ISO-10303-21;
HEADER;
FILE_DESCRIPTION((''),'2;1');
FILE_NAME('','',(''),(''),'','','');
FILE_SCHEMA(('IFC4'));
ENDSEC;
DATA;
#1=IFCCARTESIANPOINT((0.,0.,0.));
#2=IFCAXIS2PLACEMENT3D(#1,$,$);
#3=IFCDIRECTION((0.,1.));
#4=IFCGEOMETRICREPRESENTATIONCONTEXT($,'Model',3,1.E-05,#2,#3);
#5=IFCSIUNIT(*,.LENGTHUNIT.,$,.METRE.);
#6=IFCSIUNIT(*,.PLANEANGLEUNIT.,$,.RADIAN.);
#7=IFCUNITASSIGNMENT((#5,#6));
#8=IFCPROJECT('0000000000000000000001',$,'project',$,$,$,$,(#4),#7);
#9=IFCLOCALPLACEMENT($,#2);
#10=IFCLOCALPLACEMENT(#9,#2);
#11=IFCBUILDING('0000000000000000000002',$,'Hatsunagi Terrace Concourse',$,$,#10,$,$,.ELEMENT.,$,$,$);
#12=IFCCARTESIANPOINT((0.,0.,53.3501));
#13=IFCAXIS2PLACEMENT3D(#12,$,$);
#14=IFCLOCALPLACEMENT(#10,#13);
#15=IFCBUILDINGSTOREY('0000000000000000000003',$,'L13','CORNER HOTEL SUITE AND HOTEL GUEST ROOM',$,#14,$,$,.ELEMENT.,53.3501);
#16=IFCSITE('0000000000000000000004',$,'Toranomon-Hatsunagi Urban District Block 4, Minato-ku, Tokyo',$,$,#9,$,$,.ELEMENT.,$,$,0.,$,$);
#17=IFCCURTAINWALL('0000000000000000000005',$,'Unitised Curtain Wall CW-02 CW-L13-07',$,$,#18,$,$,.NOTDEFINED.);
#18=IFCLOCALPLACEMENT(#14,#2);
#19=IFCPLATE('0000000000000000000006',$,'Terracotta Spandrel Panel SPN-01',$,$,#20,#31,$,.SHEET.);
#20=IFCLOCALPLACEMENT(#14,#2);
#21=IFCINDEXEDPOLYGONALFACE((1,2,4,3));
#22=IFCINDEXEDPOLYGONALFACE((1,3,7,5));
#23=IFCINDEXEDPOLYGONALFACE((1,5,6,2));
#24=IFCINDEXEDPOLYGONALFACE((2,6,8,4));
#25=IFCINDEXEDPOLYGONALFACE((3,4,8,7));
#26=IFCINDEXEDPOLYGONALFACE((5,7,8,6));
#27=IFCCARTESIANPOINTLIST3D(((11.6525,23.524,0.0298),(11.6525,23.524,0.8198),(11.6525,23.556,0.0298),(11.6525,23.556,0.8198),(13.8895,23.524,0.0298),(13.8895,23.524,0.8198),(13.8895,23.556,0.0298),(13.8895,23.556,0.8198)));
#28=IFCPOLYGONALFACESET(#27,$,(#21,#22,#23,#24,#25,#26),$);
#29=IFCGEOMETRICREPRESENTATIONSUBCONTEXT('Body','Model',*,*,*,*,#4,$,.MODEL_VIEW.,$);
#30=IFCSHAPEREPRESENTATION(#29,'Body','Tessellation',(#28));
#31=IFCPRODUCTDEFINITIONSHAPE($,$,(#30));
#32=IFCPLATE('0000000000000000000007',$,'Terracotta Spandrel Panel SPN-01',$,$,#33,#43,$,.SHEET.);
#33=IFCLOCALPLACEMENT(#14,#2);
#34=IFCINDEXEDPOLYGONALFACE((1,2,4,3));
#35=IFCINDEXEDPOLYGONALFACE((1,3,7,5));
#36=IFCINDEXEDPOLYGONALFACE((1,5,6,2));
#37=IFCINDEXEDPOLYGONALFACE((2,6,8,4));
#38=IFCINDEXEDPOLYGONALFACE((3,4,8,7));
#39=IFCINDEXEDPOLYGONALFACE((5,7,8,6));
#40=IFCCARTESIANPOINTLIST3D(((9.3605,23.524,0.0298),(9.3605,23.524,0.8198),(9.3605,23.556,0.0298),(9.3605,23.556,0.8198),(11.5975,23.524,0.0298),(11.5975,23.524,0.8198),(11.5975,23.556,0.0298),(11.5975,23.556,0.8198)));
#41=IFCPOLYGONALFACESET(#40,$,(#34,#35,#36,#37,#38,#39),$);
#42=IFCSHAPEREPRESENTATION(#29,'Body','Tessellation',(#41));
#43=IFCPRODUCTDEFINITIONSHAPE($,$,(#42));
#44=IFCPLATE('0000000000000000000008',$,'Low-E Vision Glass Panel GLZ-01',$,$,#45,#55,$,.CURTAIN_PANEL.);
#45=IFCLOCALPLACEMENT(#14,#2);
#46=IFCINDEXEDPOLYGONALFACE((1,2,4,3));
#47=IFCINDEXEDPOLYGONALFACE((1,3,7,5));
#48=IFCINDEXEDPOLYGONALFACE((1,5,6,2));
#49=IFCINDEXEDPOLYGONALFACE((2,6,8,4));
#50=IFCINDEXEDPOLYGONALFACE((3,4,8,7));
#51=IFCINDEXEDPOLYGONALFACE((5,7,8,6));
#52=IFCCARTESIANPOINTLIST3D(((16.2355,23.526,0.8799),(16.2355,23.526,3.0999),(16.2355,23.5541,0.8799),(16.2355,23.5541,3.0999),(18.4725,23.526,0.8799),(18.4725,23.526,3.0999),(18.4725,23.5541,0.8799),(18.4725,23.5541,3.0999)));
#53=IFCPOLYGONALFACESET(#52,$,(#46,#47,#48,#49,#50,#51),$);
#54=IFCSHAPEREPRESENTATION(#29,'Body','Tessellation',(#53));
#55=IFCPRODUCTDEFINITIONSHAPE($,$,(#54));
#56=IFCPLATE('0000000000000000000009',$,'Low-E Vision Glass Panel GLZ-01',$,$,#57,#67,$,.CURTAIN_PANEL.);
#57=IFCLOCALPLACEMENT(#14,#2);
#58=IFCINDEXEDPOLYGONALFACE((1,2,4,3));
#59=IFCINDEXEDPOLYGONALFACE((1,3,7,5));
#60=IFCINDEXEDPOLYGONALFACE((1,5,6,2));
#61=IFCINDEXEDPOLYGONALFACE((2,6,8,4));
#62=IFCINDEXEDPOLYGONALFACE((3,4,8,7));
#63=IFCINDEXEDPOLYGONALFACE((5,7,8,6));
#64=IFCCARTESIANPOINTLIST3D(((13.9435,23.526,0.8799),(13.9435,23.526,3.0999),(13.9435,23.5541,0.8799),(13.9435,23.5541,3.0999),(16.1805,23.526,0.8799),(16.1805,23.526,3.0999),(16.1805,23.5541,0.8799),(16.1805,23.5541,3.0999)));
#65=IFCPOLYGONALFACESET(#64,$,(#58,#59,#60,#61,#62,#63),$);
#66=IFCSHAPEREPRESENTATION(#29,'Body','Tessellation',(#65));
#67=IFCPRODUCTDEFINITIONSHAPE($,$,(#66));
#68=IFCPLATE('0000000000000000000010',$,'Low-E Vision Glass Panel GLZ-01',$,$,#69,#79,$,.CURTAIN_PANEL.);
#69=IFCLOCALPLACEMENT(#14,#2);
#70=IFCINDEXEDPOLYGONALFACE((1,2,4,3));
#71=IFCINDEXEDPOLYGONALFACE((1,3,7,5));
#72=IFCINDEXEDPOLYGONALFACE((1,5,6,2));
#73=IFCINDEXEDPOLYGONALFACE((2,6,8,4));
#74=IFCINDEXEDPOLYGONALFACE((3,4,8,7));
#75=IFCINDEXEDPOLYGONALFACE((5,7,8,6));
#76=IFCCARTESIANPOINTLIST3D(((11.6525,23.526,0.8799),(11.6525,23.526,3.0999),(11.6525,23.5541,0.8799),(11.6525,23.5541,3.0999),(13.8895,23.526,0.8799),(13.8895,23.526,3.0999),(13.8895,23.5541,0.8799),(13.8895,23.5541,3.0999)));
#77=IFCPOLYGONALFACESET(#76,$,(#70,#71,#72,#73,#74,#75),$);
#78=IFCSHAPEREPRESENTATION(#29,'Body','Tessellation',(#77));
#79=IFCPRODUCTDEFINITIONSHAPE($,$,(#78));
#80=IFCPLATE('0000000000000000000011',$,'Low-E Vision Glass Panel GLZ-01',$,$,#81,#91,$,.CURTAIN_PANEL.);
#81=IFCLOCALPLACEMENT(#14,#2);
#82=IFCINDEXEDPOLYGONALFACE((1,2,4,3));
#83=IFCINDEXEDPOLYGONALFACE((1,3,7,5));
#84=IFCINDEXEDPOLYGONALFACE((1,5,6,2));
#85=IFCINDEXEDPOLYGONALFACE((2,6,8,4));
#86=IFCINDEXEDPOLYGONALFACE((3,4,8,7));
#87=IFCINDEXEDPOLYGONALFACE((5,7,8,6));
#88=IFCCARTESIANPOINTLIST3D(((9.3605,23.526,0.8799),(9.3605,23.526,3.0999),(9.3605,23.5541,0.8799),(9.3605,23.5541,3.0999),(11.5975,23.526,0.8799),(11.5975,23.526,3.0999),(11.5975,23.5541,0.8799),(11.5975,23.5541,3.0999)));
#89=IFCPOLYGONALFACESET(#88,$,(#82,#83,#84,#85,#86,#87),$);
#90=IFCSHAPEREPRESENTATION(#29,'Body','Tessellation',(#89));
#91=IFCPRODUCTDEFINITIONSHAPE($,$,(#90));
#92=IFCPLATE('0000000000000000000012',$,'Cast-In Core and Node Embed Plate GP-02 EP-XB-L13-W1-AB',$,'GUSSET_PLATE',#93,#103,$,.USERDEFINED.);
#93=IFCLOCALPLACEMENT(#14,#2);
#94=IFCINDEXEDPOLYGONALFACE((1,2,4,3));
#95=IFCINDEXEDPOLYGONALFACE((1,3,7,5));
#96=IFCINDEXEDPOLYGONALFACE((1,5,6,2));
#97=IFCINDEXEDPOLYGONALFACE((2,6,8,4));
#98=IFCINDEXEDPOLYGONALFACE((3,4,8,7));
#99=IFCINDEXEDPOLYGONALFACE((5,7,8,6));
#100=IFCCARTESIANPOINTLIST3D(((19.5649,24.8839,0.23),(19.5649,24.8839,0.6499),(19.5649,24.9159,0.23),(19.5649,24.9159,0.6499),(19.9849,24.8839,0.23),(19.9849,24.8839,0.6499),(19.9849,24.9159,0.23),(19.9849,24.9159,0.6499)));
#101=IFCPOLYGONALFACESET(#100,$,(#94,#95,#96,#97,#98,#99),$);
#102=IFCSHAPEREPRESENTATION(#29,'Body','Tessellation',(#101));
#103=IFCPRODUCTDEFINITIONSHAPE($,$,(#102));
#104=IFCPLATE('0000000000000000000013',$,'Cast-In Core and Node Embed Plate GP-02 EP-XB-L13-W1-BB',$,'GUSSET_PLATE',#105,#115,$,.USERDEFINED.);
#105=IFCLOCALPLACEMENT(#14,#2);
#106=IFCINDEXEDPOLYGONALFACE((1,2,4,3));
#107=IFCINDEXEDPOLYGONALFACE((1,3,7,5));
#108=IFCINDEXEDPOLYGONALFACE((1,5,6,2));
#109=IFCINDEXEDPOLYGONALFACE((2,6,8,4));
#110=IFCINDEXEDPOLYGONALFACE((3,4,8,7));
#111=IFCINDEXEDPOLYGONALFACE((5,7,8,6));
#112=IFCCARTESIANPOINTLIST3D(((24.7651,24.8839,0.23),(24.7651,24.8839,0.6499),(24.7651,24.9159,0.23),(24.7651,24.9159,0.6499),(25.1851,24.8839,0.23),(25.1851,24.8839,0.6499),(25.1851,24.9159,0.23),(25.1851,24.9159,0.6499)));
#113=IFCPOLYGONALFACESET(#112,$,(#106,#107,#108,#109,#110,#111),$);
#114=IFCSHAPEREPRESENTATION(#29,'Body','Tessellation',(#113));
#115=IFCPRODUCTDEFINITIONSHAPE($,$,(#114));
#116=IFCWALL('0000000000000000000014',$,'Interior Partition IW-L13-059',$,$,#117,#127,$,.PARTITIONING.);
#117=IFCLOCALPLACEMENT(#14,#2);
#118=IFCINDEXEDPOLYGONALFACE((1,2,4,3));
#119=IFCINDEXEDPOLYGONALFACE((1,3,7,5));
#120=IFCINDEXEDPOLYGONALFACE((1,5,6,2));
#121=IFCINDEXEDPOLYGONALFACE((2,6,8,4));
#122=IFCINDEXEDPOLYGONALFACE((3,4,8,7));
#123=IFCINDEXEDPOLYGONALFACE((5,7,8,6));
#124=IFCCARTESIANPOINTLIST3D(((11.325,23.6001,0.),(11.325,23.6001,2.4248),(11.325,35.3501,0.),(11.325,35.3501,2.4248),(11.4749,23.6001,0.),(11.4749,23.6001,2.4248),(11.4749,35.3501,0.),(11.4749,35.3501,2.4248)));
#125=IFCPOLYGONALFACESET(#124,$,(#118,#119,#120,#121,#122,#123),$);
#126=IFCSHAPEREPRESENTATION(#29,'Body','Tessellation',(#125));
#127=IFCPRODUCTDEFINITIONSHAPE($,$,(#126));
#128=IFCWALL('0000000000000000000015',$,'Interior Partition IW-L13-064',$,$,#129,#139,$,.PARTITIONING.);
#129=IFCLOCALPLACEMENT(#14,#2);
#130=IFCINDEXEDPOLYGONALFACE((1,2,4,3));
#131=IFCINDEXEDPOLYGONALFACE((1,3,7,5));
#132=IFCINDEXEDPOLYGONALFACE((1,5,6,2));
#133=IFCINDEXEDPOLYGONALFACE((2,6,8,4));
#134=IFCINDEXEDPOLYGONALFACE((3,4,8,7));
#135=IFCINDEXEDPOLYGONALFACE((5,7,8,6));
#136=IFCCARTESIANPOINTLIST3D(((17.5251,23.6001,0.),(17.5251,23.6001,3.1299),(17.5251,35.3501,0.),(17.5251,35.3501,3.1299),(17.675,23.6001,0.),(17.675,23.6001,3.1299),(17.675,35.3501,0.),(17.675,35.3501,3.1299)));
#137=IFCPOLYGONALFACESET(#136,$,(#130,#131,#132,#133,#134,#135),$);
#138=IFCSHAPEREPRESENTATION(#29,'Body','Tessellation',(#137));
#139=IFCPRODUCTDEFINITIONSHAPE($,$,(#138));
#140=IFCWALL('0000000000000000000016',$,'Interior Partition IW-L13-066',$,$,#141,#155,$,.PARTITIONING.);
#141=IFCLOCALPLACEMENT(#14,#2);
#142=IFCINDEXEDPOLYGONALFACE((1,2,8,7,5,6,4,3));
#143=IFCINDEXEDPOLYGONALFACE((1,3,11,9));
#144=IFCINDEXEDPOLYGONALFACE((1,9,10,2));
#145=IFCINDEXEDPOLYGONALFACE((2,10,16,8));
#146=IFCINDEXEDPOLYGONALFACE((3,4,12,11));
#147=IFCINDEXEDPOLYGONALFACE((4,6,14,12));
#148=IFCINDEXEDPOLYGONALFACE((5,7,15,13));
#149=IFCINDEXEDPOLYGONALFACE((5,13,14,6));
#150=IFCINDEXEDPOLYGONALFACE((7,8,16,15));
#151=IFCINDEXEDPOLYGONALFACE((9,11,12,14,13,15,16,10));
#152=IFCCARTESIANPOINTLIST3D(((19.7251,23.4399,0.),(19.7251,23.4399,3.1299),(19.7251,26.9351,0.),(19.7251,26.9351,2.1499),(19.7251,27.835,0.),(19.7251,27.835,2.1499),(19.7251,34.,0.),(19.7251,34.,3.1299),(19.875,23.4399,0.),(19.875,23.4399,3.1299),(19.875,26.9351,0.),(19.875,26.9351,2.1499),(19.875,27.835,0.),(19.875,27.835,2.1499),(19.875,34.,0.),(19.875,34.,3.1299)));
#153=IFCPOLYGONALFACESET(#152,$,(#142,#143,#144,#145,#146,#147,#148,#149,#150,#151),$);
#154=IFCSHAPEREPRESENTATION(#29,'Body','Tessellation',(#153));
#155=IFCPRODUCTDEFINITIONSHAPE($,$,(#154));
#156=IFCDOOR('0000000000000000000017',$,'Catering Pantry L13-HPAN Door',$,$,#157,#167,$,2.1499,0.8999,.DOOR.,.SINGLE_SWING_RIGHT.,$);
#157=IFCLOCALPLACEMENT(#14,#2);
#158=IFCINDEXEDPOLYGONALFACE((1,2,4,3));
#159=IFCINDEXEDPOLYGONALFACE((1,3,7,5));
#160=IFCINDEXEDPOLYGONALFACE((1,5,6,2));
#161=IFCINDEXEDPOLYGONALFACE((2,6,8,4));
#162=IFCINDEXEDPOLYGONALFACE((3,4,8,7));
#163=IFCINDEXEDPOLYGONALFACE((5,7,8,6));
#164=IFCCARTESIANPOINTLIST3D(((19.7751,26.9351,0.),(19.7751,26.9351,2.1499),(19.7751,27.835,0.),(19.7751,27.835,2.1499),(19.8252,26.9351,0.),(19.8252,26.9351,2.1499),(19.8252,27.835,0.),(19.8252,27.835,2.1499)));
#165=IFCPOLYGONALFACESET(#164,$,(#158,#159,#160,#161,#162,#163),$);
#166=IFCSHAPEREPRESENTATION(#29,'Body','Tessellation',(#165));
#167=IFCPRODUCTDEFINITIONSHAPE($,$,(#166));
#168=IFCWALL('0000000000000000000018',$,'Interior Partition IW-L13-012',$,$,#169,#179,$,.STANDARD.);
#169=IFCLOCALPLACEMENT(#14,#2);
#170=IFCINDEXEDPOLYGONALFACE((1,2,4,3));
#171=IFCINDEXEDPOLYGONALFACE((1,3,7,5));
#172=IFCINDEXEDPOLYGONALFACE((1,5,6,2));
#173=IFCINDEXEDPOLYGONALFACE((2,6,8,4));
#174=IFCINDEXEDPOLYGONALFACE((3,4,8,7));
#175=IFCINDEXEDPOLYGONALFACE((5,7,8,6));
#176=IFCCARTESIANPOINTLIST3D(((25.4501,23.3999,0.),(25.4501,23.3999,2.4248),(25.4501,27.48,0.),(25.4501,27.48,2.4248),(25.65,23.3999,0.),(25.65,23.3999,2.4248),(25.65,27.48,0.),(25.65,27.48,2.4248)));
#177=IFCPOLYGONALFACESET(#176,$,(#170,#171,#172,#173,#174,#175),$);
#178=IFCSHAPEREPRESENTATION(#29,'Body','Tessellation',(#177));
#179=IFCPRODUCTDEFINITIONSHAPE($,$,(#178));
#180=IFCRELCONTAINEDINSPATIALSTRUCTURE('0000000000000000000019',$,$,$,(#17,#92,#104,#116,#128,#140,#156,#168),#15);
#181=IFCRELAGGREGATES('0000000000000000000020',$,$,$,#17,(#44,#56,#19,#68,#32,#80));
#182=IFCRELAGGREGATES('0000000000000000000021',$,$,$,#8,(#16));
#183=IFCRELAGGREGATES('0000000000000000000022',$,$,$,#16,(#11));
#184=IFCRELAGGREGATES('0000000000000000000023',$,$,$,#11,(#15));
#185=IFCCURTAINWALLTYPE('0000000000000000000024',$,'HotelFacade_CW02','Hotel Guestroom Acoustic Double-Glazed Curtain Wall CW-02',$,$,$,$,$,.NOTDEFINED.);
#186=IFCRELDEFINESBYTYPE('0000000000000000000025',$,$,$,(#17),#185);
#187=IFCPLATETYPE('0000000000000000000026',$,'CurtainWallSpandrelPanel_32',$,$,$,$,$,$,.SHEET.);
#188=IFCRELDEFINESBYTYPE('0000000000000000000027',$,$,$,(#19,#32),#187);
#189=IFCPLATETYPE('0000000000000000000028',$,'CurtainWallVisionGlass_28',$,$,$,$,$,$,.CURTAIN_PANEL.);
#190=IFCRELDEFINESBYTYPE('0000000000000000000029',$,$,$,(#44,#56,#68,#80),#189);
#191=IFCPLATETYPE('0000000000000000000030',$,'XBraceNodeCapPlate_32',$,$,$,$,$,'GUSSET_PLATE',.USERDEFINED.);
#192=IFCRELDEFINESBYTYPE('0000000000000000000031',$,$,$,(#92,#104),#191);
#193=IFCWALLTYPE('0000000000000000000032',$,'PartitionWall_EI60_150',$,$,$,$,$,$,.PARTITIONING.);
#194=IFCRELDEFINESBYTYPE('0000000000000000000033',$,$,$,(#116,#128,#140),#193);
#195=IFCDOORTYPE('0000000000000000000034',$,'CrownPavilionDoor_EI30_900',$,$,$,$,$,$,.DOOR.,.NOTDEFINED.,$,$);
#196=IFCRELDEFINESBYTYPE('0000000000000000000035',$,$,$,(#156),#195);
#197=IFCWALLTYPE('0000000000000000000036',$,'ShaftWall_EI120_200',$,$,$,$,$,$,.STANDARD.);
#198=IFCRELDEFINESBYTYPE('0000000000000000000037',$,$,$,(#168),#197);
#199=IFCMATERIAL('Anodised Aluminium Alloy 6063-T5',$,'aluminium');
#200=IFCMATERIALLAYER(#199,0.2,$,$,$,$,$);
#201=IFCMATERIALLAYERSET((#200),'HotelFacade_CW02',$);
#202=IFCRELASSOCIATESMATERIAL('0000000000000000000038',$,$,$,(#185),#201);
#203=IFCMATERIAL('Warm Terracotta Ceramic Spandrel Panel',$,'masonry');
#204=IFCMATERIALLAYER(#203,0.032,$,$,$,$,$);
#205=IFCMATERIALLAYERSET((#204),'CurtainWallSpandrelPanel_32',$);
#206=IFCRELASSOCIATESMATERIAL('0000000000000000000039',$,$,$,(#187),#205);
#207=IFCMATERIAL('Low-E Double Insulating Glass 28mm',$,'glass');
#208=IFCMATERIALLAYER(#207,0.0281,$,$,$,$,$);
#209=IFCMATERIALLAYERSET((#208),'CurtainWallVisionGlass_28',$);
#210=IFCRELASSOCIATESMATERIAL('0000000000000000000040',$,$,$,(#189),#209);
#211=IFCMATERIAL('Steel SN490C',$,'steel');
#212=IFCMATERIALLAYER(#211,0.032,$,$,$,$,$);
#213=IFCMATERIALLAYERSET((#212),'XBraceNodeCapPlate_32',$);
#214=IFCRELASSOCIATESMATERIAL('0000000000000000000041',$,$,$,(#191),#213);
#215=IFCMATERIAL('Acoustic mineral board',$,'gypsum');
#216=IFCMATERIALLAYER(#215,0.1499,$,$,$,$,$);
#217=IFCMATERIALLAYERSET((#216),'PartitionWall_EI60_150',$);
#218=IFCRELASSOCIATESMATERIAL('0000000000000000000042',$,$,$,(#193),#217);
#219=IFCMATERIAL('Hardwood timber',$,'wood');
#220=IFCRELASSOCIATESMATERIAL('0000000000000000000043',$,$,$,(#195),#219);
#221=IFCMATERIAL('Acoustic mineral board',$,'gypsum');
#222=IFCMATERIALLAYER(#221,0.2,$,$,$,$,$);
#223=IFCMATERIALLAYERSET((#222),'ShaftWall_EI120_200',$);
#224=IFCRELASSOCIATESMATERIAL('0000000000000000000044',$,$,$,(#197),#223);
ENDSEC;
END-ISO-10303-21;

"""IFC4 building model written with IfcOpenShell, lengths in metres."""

from ifc_helpers import new_model, si_unit, direction, frame, frame_2d, origin, origin_2d, place, context, subcontext, project, spatial, rectangle, extrude, material, layer, layer_set, type_object, element, fill, aggregate, save


model = new_model("IFC4")

# Units and contexts
model_context = context("Model", 3, precision=1e-05, world=origin(), true_north=direction((0.0, 1.0)))
body_context = subcontext(model_context, "Body", "Model", "MODEL_VIEW")
ifc_project = project(units=[si_unit("LENGTHUNIT", "METRE"), si_unit("PLANEANGLEUNIT", "RADIAN")], contexts=[model_context])

# Site, building, storey
site_placement = place(None, origin())
site = spatial("IfcSite", under=ifc_project, at=site_placement, Name="Toranomon-Hatsunagi Urban District Block 4, Minato-ku, Tokyo", CompositionType="ELEMENT", RefElevation=0.0)
building_placement = place(site_placement, origin())
building = spatial("IfcBuilding", under=site, at=building_placement, Name="Hatsunagi Terrace Concourse", CompositionType="ELEMENT")
storey_placement = place(building_placement, frame((0.0, 0.0, 53.3501)))
storey = spatial("IfcBuildingStorey", under=building, at=storey_placement, Name="L13", Description="CORNER HOTEL SUITE AND HOTEL GUEST ROOM", CompositionType="ELEMENT", Elevation=53.3501)

# Curtain wall
ifc_material_1 = material(Name="Anodised Aluminium Alloy 6063-T5", Category="aluminium")
ifc_layer_1 = layer(ifc_material_1, 0.2)
ifc_layer_set_1 = layer_set([ifc_layer_1], Name="HotelFacade_CW02")
curtain_wall_type = type_object("IfcCurtainWallType", Name="HotelFacade_CW02", Description="Hotel Guestroom Acoustic Double-Glazed Curtain Wall CW-02", PredefinedType="NOTDEFINED", material=ifc_layer_set_1)
curtain_wall_placement = place(storey_placement, origin())
curtain_wall = element("IfcCurtainWall", 1, at=curtain_wall_placement, inside=storey, type_object=curtain_wall_type, Name="Unitised Curtain Wall CW-02 CW-L13-07", PredefinedType="NOTDEFINED")

# Plates
ifc_material_2 = material(Name="Warm Terracotta Ceramic Spandrel Panel", Category="masonry")
ifc_layer_2 = layer(ifc_material_2, 0.032)
ifc_layer_set_2 = layer_set([ifc_layer_2], Name="CurtainWallSpandrelPanel_32")
plate_type_1 = type_object("IfcPlateType", Name="CurtainWallSpandrelPanel_32", PredefinedType="SHEET", material=ifc_layer_set_2)
plate_1_placement = place(storey_placement, frame((12.771, 23.54, 0.0298), z_axis=(0.0, 0.0, 1.0), x_axis=(-1.0, 0.0, 0.0)))
plate_1 = element("IfcPlate", 2, at=plate_1_placement, type_object=plate_type_1, Name="Terracotta Spandrel Panel SPN-01", PredefinedType="SHEET", context=body_context, shape_type="SweptSolid", body=[
    extrude(rectangle(XDim=2.2371, YDim=0.032, at=origin_2d()), origin(), (0.0, 0.0, 1.0), 0.79),
])
plate_2_placement = place(storey_placement, frame((10.479, 23.54, 0.0298), z_axis=(0.0, 0.0, 1.0), x_axis=(-1.0, 0.0, 0.0)))
plate_2 = element("IfcPlate", 3, at=plate_2_placement, type_object=plate_type_1, Name="Terracotta Spandrel Panel SPN-01", PredefinedType="SHEET", context=body_context, shape_type="SweptSolid", body=[
    extrude(rectangle(XDim=2.2371, YDim=0.032, at=origin_2d()), origin(), (0.0, 0.0, 1.0), 0.79),
])
ifc_material_3 = material(Name="Low-E Double Insulating Glass 28mm", Category="glass")
ifc_layer_3 = layer(ifc_material_3, 0.0281)
ifc_layer_set_3 = layer_set([ifc_layer_3], Name="CurtainWallVisionGlass_28")
plate_type_2 = type_object("IfcPlateType", Name="CurtainWallVisionGlass_28", PredefinedType="CURTAIN_PANEL", material=ifc_layer_set_3)
plate_3_placement = place(storey_placement, frame((17.354, 23.54, 0.8799), z_axis=(0.0, 0.0, 1.0), x_axis=(-1.0, 0.0, 0.0)))
plate_3 = element("IfcPlate", 4, at=plate_3_placement, type_object=plate_type_2, Name="Low-E Vision Glass Panel GLZ-01", PredefinedType="CURTAIN_PANEL", context=body_context, shape_type="SweptSolid", body=[
    extrude(rectangle(XDim=2.2371, YDim=0.0281, at=origin_2d()), origin(), (0.0, 0.0, 1.0), 2.22),
])
plate_4_placement = place(storey_placement, frame((15.062, 23.54, 0.8799), z_axis=(0.0, 0.0, 1.0), x_axis=(-1.0, 0.0, 0.0)))
plate_4 = element("IfcPlate", 5, at=plate_4_placement, type_object=plate_type_2, Name="Low-E Vision Glass Panel GLZ-01", PredefinedType="CURTAIN_PANEL", context=body_context, shape_type="SweptSolid", body=[
    extrude(rectangle(XDim=2.2371, YDim=0.0281, at=origin_2d()), origin(), (0.0, 0.0, 1.0), 2.22),
])
plate_5_placement = place(storey_placement, frame((12.771, 23.54, 0.8799), z_axis=(0.0, 0.0, 1.0), x_axis=(-1.0, 0.0, 0.0)))
plate_5 = element("IfcPlate", 6, at=plate_5_placement, type_object=plate_type_2, Name="Low-E Vision Glass Panel GLZ-01", PredefinedType="CURTAIN_PANEL", context=body_context, shape_type="SweptSolid", body=[
    extrude(rectangle(XDim=2.2371, YDim=0.0281, at=origin_2d()), origin(), (0.0, 0.0, 1.0), 2.22),
])
plate_6_placement = place(storey_placement, frame((10.479, 23.54, 0.8799), z_axis=(0.0, 0.0, 1.0), x_axis=(-1.0, 0.0, 0.0)))
plate_6 = element("IfcPlate", 7, at=plate_6_placement, type_object=plate_type_2, Name="Low-E Vision Glass Panel GLZ-01", PredefinedType="CURTAIN_PANEL", context=body_context, shape_type="SweptSolid", body=[
    extrude(rectangle(XDim=2.2371, YDim=0.0281, at=origin_2d()), origin(), (0.0, 0.0, 1.0), 2.22),
])
aggregate(curtain_wall, [plate_3, plate_4, plate_1, plate_5, plate_2, plate_6])

# Plates
ifc_material_4 = material(Name="Steel SN490C", Category="steel")
ifc_layer_4 = layer(ifc_material_4, 0.032)
ifc_layer_set_4 = layer_set([ifc_layer_4], Name="XBraceNodeCapPlate_32")
plate_type_3 = type_object("IfcPlateType", Name="XBraceNodeCapPlate_32", ElementType="GUSSET_PLATE", PredefinedType="USERDEFINED", material=ifc_layer_set_4)
for number, where, z_axis, x_axis, name in (
    (8, (19.7749, 24.8999, 0.23), (0.0, 0.0, 1.0), (1.0, 0.0, 0.0), "Cast-In Core and Node Embed Plate GP-02 EP-XB-L13-W1-AB"),
    (9, (24.9751, 24.8999, 0.23), (0.0, 0.0, 1.0), (1.0, 0.0, 0.0), "Cast-In Core and Node Embed Plate GP-02 EP-XB-L13-W1-BB"),
):
    element("IfcPlate", number, at=place(storey_placement, frame(where, z_axis=z_axis, x_axis=x_axis)), inside=storey, type_object=plate_type_3, Name=name, ObjectType="GUSSET_PLATE", PredefinedType="USERDEFINED", context=body_context, shape_type="SweptSolid", body=[
        extrude(rectangle(XDim=0.4199, YDim=0.032, at=origin_2d()), origin(), (0.0, 0.0, 1.0), 0.4199),
    ])

# Walls
ifc_material_5 = material(Name="Acoustic mineral board", Category="gypsum")
ifc_layer_5 = layer(ifc_material_5, 0.1499)
ifc_layer_set_5 = layer_set([ifc_layer_5], Name="PartitionWall_EI60_150")
wall_type_1 = type_object("IfcWallType", Name="PartitionWall_EI60_150", PredefinedType="PARTITIONING", material=ifc_layer_set_5)
wall_1_placement = place(storey_placement, frame((11.3999, 23.6001, 0.0), z_axis=(0.0, 0.0, 1.0), x_axis=(0.0, 1.0, 0.0)))
element("IfcWall", 10, at=wall_1_placement, inside=storey, type_object=wall_type_1, Name="Interior Partition IW-L13-059", PredefinedType="PARTITIONING", context=body_context, shape_type="SweptSolid", body=[
    extrude(rectangle(XDim=11.75, YDim=0.1499, at=frame_2d((5.875, 0.0))), origin(), (0.0, 0.0, 1.0), 2.4248),
])
wall_2_placement = place(storey_placement, frame((17.6001, 23.6001, 0.0), z_axis=(0.0, 0.0, 1.0), x_axis=(0.0, 1.0, 0.0)))
element("IfcWall", 11, at=wall_2_placement, inside=storey, type_object=wall_type_1, Name="Interior Partition IW-L13-064", PredefinedType="PARTITIONING", context=body_context, shape_type="SweptSolid", body=[
    extrude(rectangle(XDim=11.75, YDim=0.1499, at=frame_2d((5.875, 0.0))), origin(), (0.0, 0.0, 1.0), 3.1299),
])

# Wall, opening, door
wall_3_placement = place(storey_placement, frame((19.8, 23.4399, 0.0), z_axis=(0.0, 0.0, 1.0), x_axis=(0.0, 1.0, 0.0)))
wall_3 = element("IfcWall", 12, at=wall_3_placement, inside=storey, type_object=wall_type_1, Name="Interior Partition IW-L13-066", PredefinedType="PARTITIONING", context=body_context, shape_type="SweptSolid", body=[
    extrude(rectangle(XDim=10.5601, YDim=0.1499, at=frame_2d((5.28, 0.0))), origin(), (0.0, 0.0, 1.0), 3.1299),
])
opening_placement = place(wall_3_placement, frame((3.4951, 0.0, 0.0)))
opening = element("IfcOpeningElement", 13, at=opening_placement, cuts=wall_3, PredefinedType="OPENING", context=body_context, shape_type="SweptSolid", body=[
    extrude(rectangle(XDim=0.8999, YDim=2.1499, at=frame_2d((0.45, 1.075))), frame((0.0, 0.085, 0.0), z_axis=(0.0, -1.0, 0.0), x_axis=(1.0, 0.0, 0.0)), (0.0, 0.0, 1.0), 0.1699),
])
ifc_material_6 = material(Name="Hardwood timber", Category="wood")
door_type = type_object("IfcDoorType", Name="CrownPavilionDoor_EI30_900", OperationType="NOTDEFINED", PredefinedType="DOOR", material=ifc_material_6)
door_placement = place(opening_placement, origin())
door = element("IfcDoor", 14, at=door_placement, inside=storey, type_object=door_type, Name="Catering Pantry L13-HPAN Door", OperationType="SINGLE_SWING_RIGHT", OverallHeight=2.1499, OverallWidth=0.8999, PredefinedType="DOOR", context=body_context, shape_type="SweptSolid", body=[
    extrude(rectangle(XDim=0.8999, YDim=2.1499, at=frame_2d((0.45, 1.075))), frame((0.0, 0.0249, 0.0), z_axis=(0.0, -1.0, 0.0), x_axis=(1.0, 0.0, 0.0)), (0.0, 0.0, 1.0), 0.05),
])
fill(opening, door)

# Wall
ifc_material_7 = material(Name="Acoustic mineral board", Category="gypsum")
ifc_layer_6 = layer(ifc_material_7, 0.2)
ifc_layer_set_6 = layer_set([ifc_layer_6], Name="ShaftWall_EI120_200")
wall_type_2 = type_object("IfcWallType", Name="ShaftWall_EI120_200", PredefinedType="STANDARD", material=ifc_layer_set_6)
wall_4_placement = place(storey_placement, frame((25.55, 23.3999, 0.0), z_axis=(0.0, 0.0, 1.0), x_axis=(0.0, 1.0, 0.0)))
element("IfcWall", 15, at=wall_4_placement, inside=storey, type_object=wall_type_2, Name="Interior Partition IW-L13-012", PredefinedType="STANDARD", context=body_context, shape_type="SweptSolid", body=[
    extrude(rectangle(XDim=4.0801, YDim=0.2, at=frame_2d((2.04, 0.0))), origin(), (0.0, 0.0, 1.0), 2.4248),
])

save(model, "model.ifc")
